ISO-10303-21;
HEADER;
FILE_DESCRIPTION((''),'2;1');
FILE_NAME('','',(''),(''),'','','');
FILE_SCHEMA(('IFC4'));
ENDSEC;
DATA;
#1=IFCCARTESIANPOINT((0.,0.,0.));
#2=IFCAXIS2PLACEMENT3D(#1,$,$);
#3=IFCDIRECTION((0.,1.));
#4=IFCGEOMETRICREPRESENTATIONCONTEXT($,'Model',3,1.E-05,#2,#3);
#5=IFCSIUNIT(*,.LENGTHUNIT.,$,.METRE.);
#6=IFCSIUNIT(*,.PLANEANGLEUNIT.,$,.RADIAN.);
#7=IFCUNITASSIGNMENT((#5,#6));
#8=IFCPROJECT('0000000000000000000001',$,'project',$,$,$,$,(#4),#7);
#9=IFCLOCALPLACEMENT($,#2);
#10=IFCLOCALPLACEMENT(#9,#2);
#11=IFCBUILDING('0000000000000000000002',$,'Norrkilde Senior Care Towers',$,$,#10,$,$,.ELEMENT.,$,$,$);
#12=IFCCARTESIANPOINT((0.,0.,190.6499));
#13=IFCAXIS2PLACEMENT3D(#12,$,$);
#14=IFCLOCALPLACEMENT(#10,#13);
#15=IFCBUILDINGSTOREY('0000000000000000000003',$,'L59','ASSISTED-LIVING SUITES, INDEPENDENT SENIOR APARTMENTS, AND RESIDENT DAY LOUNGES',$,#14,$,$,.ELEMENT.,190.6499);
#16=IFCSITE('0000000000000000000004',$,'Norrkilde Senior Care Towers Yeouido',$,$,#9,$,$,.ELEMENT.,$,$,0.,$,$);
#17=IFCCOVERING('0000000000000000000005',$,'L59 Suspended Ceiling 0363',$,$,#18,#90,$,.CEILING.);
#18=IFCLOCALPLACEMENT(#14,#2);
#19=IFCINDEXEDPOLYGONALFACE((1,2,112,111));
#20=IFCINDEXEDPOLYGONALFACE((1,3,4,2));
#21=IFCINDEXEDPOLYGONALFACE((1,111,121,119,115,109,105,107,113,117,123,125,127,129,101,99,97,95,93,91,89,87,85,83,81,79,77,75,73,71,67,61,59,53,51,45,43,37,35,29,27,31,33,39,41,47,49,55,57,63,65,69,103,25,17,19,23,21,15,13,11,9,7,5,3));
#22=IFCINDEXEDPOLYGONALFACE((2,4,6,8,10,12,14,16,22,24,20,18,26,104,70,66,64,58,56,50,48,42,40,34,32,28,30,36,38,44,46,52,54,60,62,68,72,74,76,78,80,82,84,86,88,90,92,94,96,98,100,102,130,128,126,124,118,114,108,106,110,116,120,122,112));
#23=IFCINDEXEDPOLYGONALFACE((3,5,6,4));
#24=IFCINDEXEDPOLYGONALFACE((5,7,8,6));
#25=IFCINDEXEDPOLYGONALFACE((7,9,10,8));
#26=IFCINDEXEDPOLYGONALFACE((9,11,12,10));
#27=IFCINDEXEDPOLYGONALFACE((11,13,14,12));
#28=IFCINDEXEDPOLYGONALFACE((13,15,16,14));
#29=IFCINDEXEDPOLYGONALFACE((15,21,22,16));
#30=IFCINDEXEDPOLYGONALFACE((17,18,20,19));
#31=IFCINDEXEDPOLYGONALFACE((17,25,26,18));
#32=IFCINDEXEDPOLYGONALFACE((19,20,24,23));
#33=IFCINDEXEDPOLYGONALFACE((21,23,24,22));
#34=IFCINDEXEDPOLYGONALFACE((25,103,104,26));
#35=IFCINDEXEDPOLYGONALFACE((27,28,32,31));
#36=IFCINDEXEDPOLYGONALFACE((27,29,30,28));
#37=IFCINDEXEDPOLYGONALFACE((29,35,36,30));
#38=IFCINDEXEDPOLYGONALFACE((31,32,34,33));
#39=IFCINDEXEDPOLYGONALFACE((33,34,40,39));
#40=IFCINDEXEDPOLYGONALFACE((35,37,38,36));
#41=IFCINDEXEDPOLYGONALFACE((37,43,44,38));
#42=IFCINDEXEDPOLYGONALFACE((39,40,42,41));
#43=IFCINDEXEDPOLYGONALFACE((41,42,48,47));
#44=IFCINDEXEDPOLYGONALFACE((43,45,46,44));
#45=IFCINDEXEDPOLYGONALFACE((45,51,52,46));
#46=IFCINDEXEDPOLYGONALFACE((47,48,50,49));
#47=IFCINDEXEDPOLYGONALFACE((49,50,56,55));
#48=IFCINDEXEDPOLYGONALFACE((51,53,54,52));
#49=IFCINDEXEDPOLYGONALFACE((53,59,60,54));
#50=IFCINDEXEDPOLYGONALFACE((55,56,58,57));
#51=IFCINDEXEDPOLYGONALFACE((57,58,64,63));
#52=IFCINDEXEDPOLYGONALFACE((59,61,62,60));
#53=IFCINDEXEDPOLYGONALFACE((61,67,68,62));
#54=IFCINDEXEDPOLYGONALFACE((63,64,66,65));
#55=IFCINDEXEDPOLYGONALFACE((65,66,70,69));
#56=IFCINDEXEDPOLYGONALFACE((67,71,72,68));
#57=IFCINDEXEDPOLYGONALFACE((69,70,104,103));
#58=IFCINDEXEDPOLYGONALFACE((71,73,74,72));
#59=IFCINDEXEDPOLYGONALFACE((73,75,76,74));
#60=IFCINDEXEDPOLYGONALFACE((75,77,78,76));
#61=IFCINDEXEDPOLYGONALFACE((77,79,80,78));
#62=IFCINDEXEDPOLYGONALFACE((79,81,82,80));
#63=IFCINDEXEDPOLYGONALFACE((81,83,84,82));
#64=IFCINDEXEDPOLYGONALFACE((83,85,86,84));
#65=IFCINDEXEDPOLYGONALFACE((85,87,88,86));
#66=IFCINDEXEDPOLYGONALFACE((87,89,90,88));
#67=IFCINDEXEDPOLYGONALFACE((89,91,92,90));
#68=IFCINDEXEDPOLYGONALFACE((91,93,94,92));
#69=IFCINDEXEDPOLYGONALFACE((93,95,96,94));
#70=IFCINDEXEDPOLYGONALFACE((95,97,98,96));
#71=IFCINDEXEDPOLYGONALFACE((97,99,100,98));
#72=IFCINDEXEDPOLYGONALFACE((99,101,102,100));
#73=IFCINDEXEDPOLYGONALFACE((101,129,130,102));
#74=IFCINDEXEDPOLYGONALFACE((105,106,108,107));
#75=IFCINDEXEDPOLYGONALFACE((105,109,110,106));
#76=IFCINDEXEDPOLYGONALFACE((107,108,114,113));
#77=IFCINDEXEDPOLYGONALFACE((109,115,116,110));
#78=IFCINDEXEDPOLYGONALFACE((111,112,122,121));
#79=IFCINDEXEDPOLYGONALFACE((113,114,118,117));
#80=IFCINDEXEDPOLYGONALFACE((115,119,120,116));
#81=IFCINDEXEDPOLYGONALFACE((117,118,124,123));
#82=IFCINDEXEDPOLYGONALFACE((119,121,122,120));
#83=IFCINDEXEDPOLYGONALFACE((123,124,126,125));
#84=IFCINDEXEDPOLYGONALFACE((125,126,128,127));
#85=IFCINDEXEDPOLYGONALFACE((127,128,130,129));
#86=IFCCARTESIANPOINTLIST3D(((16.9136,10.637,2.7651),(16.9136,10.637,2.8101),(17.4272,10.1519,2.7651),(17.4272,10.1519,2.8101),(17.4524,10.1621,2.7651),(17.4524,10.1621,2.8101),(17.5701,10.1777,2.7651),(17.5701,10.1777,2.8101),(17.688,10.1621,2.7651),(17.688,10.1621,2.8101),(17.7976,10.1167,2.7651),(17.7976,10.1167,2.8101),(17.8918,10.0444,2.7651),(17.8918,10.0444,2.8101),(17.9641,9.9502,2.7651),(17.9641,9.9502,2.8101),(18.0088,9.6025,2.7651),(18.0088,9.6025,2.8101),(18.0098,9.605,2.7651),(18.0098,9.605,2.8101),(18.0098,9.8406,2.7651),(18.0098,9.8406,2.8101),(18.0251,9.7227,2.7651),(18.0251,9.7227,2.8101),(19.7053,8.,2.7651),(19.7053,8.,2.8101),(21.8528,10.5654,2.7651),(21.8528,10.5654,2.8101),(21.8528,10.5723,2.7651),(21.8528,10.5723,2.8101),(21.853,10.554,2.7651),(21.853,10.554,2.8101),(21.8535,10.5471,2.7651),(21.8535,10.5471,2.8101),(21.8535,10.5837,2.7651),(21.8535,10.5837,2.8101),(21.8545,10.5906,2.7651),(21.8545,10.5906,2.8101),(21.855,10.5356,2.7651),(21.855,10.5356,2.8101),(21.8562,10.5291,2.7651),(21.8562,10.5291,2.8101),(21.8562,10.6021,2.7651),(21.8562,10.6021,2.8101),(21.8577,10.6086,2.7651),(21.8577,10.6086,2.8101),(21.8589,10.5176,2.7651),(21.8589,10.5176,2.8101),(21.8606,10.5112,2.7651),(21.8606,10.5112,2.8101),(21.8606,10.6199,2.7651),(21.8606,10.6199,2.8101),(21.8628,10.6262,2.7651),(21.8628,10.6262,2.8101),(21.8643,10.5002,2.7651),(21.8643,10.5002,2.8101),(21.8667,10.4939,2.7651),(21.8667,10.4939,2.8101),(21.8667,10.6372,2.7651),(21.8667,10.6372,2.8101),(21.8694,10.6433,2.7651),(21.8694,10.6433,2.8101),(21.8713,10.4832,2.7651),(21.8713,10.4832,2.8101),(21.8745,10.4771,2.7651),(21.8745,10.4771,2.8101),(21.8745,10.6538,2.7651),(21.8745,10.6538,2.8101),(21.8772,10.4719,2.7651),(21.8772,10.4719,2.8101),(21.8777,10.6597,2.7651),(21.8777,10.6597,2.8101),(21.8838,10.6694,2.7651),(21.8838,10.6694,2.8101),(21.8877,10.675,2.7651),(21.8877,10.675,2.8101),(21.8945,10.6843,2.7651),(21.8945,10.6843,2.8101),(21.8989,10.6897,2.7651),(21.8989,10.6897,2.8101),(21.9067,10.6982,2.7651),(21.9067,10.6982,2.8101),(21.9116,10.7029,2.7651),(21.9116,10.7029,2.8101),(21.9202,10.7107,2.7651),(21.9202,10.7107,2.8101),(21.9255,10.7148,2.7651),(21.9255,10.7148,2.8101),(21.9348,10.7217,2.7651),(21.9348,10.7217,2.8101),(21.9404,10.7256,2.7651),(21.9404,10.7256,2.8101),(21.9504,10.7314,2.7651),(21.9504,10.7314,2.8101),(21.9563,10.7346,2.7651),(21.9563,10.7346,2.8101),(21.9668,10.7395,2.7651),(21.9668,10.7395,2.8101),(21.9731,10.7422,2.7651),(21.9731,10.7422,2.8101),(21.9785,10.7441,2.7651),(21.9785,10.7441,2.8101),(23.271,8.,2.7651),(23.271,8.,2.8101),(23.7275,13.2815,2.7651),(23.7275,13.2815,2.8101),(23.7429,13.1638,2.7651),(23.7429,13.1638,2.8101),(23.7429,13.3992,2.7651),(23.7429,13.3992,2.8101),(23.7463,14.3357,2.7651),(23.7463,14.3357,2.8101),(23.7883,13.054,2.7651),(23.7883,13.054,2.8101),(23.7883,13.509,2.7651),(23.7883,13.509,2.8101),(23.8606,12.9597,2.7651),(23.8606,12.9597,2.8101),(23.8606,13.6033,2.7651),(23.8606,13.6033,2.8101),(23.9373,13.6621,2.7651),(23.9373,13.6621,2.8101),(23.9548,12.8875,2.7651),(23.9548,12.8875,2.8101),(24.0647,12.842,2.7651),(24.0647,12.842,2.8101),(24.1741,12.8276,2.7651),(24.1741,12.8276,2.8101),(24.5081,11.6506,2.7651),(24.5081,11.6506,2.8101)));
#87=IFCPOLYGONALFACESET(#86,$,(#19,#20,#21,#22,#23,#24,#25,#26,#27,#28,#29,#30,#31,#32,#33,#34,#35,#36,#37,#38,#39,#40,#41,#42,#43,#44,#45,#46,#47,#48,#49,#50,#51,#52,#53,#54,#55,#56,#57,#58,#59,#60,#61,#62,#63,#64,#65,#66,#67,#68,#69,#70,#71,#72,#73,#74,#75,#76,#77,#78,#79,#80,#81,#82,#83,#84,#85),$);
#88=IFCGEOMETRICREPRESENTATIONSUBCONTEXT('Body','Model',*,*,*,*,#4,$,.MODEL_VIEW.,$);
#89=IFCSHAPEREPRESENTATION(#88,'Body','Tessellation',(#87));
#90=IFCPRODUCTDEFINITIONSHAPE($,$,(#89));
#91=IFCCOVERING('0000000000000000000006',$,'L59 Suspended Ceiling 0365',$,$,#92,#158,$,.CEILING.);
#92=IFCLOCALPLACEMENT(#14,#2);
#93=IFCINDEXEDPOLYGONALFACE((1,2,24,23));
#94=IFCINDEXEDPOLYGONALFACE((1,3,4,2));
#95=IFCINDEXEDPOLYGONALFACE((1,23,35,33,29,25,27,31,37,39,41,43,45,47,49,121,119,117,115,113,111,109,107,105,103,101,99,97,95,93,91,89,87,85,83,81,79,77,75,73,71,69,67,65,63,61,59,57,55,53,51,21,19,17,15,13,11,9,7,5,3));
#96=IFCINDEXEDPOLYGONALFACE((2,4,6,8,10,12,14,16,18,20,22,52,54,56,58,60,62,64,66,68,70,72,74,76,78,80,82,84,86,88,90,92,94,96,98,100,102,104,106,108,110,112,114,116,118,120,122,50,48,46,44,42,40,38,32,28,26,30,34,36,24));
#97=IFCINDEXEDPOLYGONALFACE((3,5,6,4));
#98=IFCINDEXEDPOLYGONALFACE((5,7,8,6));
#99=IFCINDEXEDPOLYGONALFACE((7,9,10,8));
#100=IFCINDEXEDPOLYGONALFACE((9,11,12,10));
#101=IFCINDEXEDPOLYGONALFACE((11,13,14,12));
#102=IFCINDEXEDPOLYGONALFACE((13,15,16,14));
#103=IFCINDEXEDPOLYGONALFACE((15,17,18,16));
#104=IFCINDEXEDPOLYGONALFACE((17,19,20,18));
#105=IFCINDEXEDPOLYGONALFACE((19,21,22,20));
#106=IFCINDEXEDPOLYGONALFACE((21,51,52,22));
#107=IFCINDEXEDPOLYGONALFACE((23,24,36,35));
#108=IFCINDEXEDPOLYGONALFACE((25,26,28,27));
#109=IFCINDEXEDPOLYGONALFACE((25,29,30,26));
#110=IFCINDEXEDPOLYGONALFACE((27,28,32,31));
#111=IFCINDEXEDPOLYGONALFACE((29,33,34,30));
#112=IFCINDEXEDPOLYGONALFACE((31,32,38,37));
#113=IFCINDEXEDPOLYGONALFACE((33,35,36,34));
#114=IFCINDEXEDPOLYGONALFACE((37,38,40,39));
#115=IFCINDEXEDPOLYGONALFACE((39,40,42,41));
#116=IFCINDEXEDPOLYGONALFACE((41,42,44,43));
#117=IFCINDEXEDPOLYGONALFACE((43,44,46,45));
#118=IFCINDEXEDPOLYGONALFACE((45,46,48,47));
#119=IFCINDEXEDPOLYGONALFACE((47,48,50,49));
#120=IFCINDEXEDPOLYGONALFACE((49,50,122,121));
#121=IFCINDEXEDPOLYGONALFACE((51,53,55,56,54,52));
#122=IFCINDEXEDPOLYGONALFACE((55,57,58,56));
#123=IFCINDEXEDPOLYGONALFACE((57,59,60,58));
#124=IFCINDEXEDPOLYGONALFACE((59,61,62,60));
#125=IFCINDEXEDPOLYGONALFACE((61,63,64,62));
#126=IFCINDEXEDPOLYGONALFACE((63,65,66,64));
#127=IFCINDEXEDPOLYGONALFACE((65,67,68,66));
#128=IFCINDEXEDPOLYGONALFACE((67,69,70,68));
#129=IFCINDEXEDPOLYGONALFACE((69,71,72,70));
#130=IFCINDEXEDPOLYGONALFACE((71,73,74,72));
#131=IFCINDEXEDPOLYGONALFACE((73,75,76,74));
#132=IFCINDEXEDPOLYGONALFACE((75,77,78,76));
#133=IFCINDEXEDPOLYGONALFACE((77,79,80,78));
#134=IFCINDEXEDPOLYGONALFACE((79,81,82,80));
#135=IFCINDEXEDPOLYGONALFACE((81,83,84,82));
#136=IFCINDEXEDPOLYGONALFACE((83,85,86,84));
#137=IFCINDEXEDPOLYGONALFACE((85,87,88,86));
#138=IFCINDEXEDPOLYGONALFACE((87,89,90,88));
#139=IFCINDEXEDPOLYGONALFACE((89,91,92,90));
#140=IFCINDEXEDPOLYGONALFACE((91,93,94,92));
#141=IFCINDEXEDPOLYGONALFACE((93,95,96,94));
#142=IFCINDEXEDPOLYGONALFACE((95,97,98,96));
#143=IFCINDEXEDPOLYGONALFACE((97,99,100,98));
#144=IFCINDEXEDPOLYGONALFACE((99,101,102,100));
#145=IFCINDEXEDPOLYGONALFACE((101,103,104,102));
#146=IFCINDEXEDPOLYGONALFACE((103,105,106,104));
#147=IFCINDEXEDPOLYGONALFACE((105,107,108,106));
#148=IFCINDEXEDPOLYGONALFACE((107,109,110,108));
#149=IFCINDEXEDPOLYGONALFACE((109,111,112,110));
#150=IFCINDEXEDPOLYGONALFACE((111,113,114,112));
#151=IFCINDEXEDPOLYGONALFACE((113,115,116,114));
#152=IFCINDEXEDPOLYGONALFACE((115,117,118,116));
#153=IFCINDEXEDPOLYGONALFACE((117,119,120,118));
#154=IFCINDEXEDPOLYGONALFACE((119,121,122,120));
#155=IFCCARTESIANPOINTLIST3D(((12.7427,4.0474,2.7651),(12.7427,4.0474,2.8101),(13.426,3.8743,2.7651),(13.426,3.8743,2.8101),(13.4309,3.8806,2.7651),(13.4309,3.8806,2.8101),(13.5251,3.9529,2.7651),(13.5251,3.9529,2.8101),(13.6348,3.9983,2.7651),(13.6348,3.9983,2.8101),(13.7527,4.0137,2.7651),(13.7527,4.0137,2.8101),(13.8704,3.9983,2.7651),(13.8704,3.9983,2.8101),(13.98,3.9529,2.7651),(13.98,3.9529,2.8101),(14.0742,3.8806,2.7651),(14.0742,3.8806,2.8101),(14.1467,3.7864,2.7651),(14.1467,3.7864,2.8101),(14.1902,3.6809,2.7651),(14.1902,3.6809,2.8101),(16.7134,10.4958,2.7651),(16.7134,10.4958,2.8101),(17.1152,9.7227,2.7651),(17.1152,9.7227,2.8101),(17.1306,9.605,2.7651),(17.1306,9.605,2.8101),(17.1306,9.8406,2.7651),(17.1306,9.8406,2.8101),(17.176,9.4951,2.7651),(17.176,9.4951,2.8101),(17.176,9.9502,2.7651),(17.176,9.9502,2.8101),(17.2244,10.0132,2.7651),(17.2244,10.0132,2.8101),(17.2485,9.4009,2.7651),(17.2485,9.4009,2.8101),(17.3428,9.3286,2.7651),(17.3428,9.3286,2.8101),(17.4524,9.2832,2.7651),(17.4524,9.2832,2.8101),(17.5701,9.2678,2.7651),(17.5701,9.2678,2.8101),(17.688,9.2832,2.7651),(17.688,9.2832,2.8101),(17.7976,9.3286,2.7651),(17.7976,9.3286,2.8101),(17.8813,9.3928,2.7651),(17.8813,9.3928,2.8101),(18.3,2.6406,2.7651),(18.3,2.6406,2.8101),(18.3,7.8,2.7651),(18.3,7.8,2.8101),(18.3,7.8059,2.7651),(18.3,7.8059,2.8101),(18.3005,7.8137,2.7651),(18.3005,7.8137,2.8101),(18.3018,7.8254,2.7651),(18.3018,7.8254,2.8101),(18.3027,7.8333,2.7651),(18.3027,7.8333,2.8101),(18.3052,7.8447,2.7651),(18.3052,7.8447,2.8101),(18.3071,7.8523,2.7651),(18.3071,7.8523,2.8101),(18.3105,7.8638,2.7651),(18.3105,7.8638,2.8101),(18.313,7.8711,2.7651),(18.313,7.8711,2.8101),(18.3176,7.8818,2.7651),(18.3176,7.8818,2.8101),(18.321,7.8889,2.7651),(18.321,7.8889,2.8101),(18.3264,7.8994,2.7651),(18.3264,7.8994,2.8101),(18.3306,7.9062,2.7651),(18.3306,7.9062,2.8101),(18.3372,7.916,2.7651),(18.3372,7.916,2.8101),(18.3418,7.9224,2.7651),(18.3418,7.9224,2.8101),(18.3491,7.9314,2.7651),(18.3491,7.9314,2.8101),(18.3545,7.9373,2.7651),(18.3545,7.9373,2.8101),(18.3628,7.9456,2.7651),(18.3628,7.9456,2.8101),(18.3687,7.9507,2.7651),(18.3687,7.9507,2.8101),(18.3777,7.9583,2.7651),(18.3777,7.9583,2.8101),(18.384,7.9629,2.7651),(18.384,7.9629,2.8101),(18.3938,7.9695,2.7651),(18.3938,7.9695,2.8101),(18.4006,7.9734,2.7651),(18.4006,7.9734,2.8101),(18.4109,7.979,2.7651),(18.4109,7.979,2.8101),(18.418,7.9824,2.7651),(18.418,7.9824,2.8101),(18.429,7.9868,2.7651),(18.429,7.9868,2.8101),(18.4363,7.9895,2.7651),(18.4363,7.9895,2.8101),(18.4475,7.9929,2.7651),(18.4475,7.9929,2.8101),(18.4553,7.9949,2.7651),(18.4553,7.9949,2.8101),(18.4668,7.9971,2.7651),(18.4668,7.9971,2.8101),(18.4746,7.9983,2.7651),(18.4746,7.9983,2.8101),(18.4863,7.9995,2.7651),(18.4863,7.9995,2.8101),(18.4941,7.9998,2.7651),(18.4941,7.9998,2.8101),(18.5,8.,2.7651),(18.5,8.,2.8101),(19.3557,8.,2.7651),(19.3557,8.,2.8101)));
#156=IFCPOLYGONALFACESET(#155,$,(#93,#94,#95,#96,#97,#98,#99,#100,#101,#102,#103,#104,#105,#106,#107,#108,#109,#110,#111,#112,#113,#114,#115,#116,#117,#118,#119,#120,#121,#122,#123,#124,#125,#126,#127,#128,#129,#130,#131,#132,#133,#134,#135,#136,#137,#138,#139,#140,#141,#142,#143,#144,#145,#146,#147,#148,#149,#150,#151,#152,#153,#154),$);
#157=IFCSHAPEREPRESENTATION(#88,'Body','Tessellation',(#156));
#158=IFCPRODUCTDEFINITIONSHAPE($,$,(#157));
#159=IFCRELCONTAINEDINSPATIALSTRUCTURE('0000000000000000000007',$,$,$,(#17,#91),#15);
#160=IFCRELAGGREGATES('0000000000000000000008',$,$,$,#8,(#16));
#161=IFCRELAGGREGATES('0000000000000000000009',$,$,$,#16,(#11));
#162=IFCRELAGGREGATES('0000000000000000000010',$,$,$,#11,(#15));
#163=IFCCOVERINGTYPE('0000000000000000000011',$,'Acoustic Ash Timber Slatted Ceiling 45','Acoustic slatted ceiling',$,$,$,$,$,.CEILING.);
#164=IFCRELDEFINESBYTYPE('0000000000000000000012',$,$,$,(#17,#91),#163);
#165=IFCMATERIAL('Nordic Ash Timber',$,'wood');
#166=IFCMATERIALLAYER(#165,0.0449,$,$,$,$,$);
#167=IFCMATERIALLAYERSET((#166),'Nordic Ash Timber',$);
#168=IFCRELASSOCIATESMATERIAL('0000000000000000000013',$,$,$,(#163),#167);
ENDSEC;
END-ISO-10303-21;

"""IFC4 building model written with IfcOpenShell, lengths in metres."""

from ifc_helpers import new_model, si_unit, direction, frame, origin, place, context, subcontext, project, spatial, polyline, outline, extrude, material, layer, layer_set, type_object, element, save


model = new_model("IFC4")

# Units and contexts
model_context = context("Model", 3, precision=1e-05, world=origin(), true_north=direction((0.0, 1.0)))
body_context = subcontext(model_context, "Body", "Model", "MODEL_VIEW")
ifc_project = project(units=[si_unit("LENGTHUNIT", "METRE"), si_unit("PLANEANGLEUNIT", "RADIAN")], contexts=[model_context])

# Site, building, storey
site_placement = place(None, origin())
site = spatial("IfcSite", under=ifc_project, at=site_placement, Name="Norrkilde Senior Care Towers Yeouido", CompositionType="ELEMENT", RefElevation=0.0)
building_placement = place(site_placement, origin())
building = spatial("IfcBuilding", under=site, at=building_placement, Name="Norrkilde Senior Care Towers", CompositionType="ELEMENT")
storey_placement = place(building_placement, frame((0.0, 0.0, 190.6499)))
storey = spatial("IfcBuildingStorey", under=building, at=storey_placement, Name="L59", Description="ASSISTED-LIVING SUITES, INDEPENDENT SENIOR APARTMENTS, AND RESIDENT DAY LOUNGES", CompositionType="ELEMENT", Elevation=190.6499)

# Coverings
ifc_material_1 = material(Name="Nordic Ash Timber", Category="wood")
ifc_layer_1 = layer(ifc_material_1, 0.0449)
ifc_layer_set_1 = layer_set([ifc_layer_1], Name="Nordic Ash Timber")
covering_type_1 = type_object("IfcCoveringType", Name="Acoustic Ash Timber Slatted Ceiling 45", Description="Acoustic slatted ceiling", PredefinedType="CEILING", material=ifc_layer_set_1)
covering_1_placement = place(storey_placement, frame((0.0, 0.0, 2.7651)))
element("IfcCovering", 1, at=covering_1_placement, inside=storey, type_object=covering_type_1, Name="L59 Suspended Ceiling 0363", PredefinedType="CEILING", context=body_context, shape_type="SweptSolid", body=[
    extrude(outline(polyline([(21.9404, 10.7256), (21.9348, 10.7217), (21.9255, 10.7148), (21.9202, 10.7107), (21.9116, 10.7029), (21.9067, 10.6982), (21.8989, 10.6897), (21.8945, 10.6843), (21.8877, 10.675), (21.8838, 10.6694), (21.8777, 10.6597), (21.8745, 10.6538), (21.8694, 10.6433), (21.8667, 10.6372), (21.8628, 10.6262), (21.8606, 10.6199), (21.8577, 10.6086), (21.8562, 10.6021), (21.8545, 10.5906), (21.8535, 10.5837), (21.8528, 10.5723), (21.8528, 10.5654), (21.853, 10.554), (21.8535, 10.5471), (21.855, 10.5356), (21.8562, 10.5291), (21.8589, 10.5176), (21.8606, 10.5112), (21.8643, 10.5002), (21.8667, 10.4939), (21.8713, 10.4832), (21.8745, 10.4771), (21.8772, 10.4719), (23.271, 8.0), (19.7053, 8.0), (18.0088, 9.6025), (18.0098, 9.605), (18.0251, 9.7227), (18.0098, 9.8406), (17.9641, 9.9502), (17.8918, 10.0444), (17.7976, 10.1167), (17.688, 10.1621), (17.5701, 10.1777), (17.4524, 10.1621), (17.4272, 10.1519), (16.9136, 10.637), (23.7463, 14.3357), (23.9373, 13.6621), (23.8606, 13.6033), (23.7883, 13.509), (23.7429, 13.3992), (23.7275, 13.2815), (23.7429, 13.1638), (23.7883, 13.054), (23.8606, 12.9597), (23.9548, 12.8875), (24.0647, 12.842), (24.1741, 12.8276), (24.5081, 11.6506), (21.9785, 10.7441), (21.9731, 10.7422), (21.9668, 10.7395), (21.9563, 10.7346), (21.9504, 10.7314), (21.9404, 10.7256)])), origin(), (0.0, 0.0, 1.0), 0.0449),
])
covering_2_placement = place(storey_placement, frame((0.0, 0.0, 2.7651)))
element("IfcCovering", 2, at=covering_2_placement, inside=storey, type_object=covering_type_1, Name="L59 Suspended Ceiling 0365", PredefinedType="CEILING", context=body_context, shape_type="SweptSolid", body=[
    extrude(outline(polyline([(18.4553, 7.9949), (18.4475, 7.9929), (18.4363, 7.9895), (18.429, 7.9868), (18.418, 7.9824), (18.4109, 7.979), (18.4006, 7.9734), (18.3938, 7.9695), (18.384, 7.9629), (18.3777, 7.9583), (18.3687, 7.9507), (18.3628, 7.9456), (18.3545, 7.9373), (18.3491, 7.9314), (18.3418, 7.9224), (18.3372, 7.916), (18.3306, 7.9062), (18.3264, 7.8994), (18.321, 7.8889), (18.3176, 7.8818), (18.313, 7.8711), (18.3105, 7.8638), (18.3071, 7.8523), (18.3052, 7.8447), (18.3027, 7.8333), (18.3018, 7.8254), (18.3005, 7.8137), (18.3, 7.8059), (18.3, 7.8), (18.3, 2.6406), (14.1902, 3.6809), (14.1467, 3.7864), (14.0742, 3.8806), (13.98, 3.9529), (13.8704, 3.9983), (13.7527, 4.0137), (13.6348, 3.9983), (13.5251, 3.9529), (13.4309, 3.8806), (13.426, 3.8743), (12.7427, 4.0474), (16.7134, 10.4958), (17.2244, 10.0132), (17.176, 9.9502), (17.1306, 9.8406), (17.1152, 9.7227), (17.1306, 9.605), (17.176, 9.4951), (17.2485, 9.4009), (17.3428, 9.3286), (17.4524, 9.2832), (17.5701, 9.2678), (17.688, 9.2832), (17.7976, 9.3286), (17.8813, 9.3928), (19.3557, 8.0), (18.5, 8.0), (18.4941, 7.9998), (18.4863, 7.9995), (18.4746, 7.9983), (18.4668, 7.9971), (18.4553, 7.9949)])), origin(), (0.0, 0.0, 1.0), 0.0449),
])

save(model, "model.ifc")
